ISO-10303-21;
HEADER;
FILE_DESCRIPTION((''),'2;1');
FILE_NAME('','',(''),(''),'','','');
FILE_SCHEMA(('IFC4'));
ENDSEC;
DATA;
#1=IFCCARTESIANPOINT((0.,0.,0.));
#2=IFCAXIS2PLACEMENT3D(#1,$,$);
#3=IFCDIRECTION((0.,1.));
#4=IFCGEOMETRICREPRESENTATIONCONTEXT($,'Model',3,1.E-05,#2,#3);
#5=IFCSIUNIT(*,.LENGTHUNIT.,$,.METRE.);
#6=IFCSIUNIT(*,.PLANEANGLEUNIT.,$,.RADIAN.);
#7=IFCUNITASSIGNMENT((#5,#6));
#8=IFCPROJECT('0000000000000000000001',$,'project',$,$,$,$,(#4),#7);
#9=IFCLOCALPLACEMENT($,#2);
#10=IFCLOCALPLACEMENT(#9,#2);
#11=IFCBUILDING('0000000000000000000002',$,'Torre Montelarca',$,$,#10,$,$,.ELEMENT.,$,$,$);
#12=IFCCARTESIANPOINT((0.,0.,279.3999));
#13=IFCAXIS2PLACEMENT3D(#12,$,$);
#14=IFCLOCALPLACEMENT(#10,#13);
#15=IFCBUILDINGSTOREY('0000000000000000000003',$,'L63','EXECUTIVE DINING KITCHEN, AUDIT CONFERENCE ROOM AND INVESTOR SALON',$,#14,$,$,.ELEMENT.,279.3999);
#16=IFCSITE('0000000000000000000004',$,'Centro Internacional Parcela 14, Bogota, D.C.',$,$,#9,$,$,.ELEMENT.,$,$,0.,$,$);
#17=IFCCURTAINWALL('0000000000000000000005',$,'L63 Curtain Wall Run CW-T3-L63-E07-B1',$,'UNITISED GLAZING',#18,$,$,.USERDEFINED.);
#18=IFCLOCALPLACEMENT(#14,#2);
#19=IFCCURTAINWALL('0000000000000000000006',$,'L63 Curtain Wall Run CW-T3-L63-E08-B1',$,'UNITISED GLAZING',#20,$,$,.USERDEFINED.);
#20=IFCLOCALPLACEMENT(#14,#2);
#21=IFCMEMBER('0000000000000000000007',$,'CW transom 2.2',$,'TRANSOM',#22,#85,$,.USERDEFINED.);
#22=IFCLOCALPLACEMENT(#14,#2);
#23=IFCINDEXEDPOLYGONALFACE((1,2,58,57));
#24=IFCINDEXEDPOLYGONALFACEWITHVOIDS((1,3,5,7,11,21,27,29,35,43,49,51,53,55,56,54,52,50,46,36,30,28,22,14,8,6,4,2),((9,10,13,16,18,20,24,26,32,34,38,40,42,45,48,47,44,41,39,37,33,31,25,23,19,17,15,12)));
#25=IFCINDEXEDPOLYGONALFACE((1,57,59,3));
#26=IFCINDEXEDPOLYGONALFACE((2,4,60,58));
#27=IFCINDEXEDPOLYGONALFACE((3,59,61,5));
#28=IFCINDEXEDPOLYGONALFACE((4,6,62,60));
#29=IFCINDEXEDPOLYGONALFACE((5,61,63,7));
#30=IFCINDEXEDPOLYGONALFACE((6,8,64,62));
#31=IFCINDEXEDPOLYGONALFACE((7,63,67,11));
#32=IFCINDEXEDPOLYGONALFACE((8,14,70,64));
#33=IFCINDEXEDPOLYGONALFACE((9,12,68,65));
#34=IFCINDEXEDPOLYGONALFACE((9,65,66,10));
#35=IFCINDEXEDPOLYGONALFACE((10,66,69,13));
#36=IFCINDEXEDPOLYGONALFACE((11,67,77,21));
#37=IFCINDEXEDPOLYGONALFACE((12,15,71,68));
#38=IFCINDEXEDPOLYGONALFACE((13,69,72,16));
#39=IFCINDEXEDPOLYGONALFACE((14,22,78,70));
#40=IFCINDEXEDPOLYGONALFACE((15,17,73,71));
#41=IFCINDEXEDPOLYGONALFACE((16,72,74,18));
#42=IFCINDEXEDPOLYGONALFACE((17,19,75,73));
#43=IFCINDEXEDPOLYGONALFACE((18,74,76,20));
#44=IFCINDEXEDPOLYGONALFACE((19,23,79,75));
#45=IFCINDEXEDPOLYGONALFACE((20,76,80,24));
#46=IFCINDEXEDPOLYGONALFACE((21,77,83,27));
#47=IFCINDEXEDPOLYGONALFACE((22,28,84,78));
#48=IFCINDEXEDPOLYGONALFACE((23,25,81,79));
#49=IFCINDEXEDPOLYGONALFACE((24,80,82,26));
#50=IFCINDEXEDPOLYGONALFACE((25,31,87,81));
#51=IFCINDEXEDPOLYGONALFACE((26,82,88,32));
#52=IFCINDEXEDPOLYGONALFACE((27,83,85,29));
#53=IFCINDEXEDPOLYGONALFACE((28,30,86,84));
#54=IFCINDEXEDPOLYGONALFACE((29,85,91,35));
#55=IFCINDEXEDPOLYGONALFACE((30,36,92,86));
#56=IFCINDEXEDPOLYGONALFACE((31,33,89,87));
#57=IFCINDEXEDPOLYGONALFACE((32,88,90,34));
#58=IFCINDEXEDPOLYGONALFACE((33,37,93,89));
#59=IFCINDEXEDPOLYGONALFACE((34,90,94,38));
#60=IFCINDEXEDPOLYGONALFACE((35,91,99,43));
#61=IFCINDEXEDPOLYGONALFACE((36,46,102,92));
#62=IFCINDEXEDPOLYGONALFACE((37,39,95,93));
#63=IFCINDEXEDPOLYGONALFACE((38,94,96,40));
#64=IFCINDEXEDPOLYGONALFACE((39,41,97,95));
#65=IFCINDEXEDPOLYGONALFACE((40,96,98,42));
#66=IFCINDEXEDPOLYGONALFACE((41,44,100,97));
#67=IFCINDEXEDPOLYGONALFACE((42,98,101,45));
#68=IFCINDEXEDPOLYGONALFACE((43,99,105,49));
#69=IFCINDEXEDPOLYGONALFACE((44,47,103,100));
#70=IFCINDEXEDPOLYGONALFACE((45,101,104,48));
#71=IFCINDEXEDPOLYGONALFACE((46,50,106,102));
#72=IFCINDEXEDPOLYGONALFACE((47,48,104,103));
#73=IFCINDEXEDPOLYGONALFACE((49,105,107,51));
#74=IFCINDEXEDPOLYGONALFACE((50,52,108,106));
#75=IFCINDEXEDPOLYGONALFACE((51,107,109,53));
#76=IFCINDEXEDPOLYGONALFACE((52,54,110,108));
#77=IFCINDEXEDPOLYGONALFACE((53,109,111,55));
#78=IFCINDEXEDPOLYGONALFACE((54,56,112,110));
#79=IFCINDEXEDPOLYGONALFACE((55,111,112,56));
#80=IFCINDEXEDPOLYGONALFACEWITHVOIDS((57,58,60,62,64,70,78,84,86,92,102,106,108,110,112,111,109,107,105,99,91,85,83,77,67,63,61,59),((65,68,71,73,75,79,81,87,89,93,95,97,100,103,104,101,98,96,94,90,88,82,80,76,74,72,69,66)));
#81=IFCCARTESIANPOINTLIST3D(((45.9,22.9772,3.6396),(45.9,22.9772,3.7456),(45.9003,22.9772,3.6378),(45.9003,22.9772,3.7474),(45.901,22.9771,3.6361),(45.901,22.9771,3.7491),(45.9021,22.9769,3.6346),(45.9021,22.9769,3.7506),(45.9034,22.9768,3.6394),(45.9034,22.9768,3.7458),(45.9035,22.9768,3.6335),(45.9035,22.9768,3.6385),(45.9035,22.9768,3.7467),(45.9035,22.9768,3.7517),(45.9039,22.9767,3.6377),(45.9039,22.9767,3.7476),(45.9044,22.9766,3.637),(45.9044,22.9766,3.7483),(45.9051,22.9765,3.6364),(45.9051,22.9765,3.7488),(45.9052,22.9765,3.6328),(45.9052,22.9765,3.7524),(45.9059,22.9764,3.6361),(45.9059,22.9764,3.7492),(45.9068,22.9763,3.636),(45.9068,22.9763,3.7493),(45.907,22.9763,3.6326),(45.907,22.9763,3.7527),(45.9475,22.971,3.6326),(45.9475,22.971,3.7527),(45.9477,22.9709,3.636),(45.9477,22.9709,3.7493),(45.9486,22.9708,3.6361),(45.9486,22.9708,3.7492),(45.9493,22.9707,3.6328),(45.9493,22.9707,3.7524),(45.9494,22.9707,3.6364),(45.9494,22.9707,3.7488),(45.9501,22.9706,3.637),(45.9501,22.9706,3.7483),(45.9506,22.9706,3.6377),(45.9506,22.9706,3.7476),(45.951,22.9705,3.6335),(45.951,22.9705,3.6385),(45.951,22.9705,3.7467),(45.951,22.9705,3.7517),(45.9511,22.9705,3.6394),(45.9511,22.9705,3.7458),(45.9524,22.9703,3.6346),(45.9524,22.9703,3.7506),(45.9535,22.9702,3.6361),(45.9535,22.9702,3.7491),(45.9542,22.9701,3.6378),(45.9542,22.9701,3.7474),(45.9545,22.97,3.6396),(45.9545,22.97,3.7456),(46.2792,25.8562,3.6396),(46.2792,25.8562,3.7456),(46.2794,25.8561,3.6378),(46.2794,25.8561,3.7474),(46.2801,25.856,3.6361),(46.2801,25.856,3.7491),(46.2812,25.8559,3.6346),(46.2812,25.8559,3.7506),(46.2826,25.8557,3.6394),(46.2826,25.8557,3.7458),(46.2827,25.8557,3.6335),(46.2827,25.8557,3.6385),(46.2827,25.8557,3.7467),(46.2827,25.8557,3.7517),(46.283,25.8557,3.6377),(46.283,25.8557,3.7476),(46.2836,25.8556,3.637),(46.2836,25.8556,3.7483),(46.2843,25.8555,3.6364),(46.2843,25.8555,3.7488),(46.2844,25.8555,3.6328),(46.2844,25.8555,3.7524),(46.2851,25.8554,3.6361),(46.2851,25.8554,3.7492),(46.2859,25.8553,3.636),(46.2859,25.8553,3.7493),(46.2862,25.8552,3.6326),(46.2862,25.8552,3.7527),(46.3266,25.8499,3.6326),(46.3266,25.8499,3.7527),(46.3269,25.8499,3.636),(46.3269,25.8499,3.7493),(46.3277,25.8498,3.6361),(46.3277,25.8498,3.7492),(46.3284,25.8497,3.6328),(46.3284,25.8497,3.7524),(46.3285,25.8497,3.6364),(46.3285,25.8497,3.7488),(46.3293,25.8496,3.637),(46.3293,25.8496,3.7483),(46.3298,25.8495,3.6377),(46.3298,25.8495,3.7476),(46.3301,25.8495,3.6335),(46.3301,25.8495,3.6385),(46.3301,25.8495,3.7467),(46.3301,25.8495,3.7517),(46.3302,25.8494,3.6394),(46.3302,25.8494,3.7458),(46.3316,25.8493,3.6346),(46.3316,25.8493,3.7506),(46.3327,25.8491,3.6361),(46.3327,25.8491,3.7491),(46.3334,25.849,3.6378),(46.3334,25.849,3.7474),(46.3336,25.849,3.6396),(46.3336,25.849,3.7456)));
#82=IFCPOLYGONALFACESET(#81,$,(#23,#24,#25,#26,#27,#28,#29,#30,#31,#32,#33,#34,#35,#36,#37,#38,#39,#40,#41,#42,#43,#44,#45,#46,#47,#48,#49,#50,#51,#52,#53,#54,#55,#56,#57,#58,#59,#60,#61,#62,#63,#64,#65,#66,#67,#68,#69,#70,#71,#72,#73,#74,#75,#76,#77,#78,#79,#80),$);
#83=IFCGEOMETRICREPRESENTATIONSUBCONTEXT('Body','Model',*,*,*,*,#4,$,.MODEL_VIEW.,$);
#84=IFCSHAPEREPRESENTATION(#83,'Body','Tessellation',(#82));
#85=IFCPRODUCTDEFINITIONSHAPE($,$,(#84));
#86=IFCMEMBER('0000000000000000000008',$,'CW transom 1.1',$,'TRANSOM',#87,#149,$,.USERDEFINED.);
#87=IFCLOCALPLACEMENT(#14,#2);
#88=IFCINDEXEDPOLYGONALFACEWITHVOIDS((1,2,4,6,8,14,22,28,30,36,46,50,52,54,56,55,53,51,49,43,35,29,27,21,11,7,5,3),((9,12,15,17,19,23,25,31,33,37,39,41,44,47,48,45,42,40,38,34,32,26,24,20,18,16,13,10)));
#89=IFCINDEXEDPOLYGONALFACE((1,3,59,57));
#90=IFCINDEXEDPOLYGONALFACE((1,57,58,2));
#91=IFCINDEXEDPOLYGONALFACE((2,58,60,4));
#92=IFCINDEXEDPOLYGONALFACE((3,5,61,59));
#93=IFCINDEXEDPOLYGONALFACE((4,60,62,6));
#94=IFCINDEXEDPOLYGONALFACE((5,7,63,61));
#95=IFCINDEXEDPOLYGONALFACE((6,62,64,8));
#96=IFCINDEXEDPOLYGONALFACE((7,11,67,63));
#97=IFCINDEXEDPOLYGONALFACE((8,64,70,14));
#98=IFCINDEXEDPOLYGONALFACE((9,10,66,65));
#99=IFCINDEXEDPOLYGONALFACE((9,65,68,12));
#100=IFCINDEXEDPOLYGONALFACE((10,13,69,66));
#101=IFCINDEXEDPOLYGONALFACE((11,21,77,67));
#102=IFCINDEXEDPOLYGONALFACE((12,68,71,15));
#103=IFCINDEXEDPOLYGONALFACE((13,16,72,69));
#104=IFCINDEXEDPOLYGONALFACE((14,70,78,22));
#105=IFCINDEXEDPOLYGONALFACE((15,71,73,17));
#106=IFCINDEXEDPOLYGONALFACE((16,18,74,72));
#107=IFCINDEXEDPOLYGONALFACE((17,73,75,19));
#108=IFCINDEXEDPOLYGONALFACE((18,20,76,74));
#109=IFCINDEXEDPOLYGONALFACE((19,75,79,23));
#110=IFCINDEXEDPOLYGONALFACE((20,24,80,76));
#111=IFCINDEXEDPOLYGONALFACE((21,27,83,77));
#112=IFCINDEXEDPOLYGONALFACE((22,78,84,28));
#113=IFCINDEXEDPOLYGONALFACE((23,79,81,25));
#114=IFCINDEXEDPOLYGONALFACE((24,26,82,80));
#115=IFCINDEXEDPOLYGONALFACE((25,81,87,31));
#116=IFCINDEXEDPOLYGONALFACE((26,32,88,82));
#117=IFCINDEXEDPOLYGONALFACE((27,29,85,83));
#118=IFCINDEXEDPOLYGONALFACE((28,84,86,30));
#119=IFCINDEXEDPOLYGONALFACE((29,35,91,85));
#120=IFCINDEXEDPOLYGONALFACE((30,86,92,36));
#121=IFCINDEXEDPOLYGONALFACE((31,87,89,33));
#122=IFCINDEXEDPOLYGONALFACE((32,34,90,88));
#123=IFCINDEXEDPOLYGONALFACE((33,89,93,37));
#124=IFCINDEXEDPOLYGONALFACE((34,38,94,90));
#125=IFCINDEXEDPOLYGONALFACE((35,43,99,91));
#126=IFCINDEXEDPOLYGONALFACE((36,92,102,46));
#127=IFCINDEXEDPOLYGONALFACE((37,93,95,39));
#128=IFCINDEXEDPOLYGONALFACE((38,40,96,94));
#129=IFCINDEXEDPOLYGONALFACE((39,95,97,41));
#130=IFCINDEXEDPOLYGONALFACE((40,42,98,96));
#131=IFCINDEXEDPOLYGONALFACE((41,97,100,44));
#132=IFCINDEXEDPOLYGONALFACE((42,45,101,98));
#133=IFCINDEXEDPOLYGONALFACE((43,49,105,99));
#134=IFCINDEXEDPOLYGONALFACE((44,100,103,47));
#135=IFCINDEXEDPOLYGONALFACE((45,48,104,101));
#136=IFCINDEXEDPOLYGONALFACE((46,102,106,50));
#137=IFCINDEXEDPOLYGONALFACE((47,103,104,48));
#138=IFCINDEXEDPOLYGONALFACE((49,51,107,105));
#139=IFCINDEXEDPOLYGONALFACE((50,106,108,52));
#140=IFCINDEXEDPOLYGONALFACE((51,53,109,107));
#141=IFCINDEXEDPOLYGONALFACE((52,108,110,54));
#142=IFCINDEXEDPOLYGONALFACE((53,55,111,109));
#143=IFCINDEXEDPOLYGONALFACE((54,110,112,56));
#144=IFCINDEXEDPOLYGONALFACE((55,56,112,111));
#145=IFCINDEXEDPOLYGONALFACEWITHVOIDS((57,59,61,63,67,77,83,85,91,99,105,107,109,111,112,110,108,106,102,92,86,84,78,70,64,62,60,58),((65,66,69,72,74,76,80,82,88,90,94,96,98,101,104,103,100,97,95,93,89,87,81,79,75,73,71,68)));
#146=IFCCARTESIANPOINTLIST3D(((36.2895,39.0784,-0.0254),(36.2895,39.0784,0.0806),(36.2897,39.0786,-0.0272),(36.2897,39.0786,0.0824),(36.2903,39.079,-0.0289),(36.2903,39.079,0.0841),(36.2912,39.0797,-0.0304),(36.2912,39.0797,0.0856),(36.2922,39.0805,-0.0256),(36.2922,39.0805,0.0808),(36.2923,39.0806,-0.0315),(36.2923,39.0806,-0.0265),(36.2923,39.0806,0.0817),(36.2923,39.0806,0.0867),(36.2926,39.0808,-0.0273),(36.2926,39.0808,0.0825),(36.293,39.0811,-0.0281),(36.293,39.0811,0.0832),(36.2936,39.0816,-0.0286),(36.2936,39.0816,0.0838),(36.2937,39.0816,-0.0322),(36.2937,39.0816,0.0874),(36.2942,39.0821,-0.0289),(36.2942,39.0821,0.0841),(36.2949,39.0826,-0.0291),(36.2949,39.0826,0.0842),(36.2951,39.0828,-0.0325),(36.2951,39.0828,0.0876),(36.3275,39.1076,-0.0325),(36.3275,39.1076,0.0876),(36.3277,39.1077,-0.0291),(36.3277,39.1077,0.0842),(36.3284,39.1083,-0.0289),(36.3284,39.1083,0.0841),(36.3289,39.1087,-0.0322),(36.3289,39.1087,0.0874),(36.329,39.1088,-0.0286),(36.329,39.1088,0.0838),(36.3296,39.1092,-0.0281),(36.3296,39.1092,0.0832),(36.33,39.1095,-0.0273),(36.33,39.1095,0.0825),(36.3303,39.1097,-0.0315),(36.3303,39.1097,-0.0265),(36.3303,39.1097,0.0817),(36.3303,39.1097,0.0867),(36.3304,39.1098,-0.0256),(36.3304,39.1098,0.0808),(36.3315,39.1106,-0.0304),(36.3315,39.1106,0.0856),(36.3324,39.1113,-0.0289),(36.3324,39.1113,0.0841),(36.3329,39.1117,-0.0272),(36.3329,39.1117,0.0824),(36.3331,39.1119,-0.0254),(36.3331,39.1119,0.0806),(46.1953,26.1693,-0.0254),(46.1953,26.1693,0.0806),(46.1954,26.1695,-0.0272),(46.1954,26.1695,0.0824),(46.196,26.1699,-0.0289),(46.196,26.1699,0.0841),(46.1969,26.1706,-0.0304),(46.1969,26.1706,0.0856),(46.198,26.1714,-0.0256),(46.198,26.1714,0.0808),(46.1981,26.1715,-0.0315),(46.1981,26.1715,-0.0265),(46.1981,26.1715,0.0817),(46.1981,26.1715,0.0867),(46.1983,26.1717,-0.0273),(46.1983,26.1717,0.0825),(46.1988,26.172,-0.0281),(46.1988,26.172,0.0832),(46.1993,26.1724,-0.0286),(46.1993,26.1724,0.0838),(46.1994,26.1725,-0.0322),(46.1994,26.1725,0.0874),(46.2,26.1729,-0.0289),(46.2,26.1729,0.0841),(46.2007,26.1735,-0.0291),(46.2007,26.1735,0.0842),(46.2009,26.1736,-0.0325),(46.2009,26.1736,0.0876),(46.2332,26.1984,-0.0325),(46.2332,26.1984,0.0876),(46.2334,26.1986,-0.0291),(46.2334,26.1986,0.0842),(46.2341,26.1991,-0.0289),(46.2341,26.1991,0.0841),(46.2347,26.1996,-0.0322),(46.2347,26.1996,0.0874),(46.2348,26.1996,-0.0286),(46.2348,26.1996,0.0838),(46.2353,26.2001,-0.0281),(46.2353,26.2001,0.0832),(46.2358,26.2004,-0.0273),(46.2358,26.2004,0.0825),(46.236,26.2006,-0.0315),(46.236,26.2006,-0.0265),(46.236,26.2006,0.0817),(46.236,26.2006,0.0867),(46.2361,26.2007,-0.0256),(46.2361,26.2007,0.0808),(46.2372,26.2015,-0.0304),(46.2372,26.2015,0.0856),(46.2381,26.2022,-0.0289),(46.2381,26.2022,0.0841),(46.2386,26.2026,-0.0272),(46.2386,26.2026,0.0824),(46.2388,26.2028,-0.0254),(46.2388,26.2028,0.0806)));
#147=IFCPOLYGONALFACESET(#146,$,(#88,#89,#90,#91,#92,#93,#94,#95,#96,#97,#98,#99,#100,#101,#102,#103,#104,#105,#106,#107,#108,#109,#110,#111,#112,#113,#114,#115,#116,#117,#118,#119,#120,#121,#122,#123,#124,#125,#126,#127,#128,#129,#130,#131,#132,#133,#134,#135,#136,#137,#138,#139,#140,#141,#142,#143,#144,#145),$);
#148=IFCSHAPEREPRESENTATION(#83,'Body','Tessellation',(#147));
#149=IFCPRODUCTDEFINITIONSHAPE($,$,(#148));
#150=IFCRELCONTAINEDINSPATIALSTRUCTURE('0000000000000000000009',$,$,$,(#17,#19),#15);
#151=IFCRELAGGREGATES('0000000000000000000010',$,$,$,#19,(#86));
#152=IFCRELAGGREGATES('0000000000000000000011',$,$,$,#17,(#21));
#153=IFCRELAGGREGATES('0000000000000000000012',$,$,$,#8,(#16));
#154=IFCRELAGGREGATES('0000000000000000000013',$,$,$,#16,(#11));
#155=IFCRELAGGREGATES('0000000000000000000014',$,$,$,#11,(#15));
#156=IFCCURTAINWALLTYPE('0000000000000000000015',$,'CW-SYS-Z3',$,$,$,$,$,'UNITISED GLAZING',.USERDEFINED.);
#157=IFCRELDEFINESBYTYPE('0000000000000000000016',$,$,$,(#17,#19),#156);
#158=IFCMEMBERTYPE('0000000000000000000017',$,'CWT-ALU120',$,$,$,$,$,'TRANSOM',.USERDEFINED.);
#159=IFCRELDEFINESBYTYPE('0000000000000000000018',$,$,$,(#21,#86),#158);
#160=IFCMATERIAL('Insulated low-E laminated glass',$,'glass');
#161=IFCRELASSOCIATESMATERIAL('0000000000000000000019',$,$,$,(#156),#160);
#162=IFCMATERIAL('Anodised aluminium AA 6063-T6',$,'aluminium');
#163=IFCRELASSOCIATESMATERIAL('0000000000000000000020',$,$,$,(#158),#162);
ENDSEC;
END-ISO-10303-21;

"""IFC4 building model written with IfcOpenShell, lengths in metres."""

from ifc_helpers import new_model, si_unit, direction, frame, origin, origin_2d, place, context, subcontext, project, spatial, hollow_rectangle, extrude, source, transform, mapped, material, material_profile, profile_set, type_object, element, aggregate, save


model = new_model("IFC4")

# Units and contexts
model_context = context("Model", 3, precision=1e-05, world=origin(), true_north=direction((0.0, 1.0)))
body_context = subcontext(model_context, "Body", "Model", "MODEL_VIEW")
ifc_project = project(units=[si_unit("LENGTHUNIT", "METRE"), si_unit("PLANEANGLEUNIT", "RADIAN")], contexts=[model_context])

# Site, building, storey
site_placement = place(None, origin())
site = spatial("IfcSite", under=ifc_project, at=site_placement, Name="Centro Internacional Parcela 14, Bogota, D.C.", CompositionType="ELEMENT", RefElevation=0.0)
building_placement = place(site_placement, origin())
building = spatial("IfcBuilding", under=site, at=building_placement, Name="Torre Montelarca", CompositionType="ELEMENT")
storey_placement = place(building_placement, frame((0.0, 0.0, 279.3999)))
storey = spatial("IfcBuildingStorey", under=building, at=storey_placement, Name="L63", Description="EXECUTIVE DINING KITCHEN, AUDIT CONFERENCE ROOM AND INVESTOR SALON", CompositionType="ELEMENT", Elevation=279.3999)

# Curtain wall
ifc_material_1 = material(Name="Insulated low-E laminated glass", Category="glass")
curtain_wall_type = type_object("IfcCurtainWallType", Name="CW-SYS-Z3", ElementType="UNITISED GLAZING", PredefinedType="USERDEFINED", material=ifc_material_1)
curtain_wall_1_placement = place(storey_placement, origin())
curtain_wall_1 = element("IfcCurtainWall", 1, at=curtain_wall_1_placement, inside=storey, type_object=curtain_wall_type, Name="L63 Curtain Wall Run CW-T3-L63-E07-B1", ObjectType="UNITISED GLAZING", PredefinedType="USERDEFINED")
ifc_material_2 = material(Name="Anodised aluminium AA 6063-T6", Category="aluminium")
ifc_material_profile_1 = material_profile(ifc_material_2, hollow_rectangle(XDim=0.0549, YDim=0.1201, WallThickness=0.0034, InnerFilletRadius=0.0034, OuterFilletRadius=0.0071, at=origin_2d()), Name="ALU55X120X3.5", Category="aluminium")
ifc_profile_set_1 = profile_set([ifc_material_profile_1], Name="Anodised aluminium AA 6063-T6")
member_type_1 = type_object("IfcMemberType", Name="CWT-ALU120", ElementType="TRANSOM", PredefinedType="USERDEFINED", material=ifc_profile_set_1)

# Curtain wall
curtain_wall_2_placement = place(storey_placement, origin())
curtain_wall_2 = element("IfcCurtainWall", 2, at=curtain_wall_2_placement, inside=storey, type_object=curtain_wall_type, Name="L63 Curtain Wall Run CW-T3-L63-E08-B1", ObjectType="UNITISED GLAZING", PredefinedType="USERDEFINED")

# Members
shared_shape_1 = source(origin(), body_context, "Body", "SweptSolid", [
    extrude(hollow_rectangle(XDim=0.0549, YDim=0.1201, WallThickness=0.0034, InnerFilletRadius=0.0034, OuterFilletRadius=0.0071, at=origin_2d()), origin(), (0.0, 0.0, 1.0), 2.9038),
])
member_1_placement = place(storey_placement, frame((45.9272, 22.9736, 3.6926), z_axis=(0.130572, 0.991439, 0.0), x_axis=(-0.991439, 0.130572, 0.0)))
member_1 = element("IfcMember", 3, at=member_1_placement, type_object=member_type_1, Name="CW transom 2.2", ObjectType="TRANSOM", PredefinedType="USERDEFINED", context=body_context, shape_type="MappedRepresentation", body=[
    mapped(shared_shape_1, transform((0.0, 0.0, 0.0), scale=1.0)),
])
shared_shape_2 = source(origin(), body_context, "Body", "SweptSolid", [
    extrude(hollow_rectangle(XDim=0.0549, YDim=0.1201, WallThickness=0.0034, InnerFilletRadius=0.0034, OuterFilletRadius=0.0071, at=origin_2d()), origin(), (0.0, 0.0, 1.0), 16.2717),
])
member_2_placement = place(storey_placement, frame((46.217, 26.186, 0.0276), z_axis=(-0.608769, 0.793347, 0.0), x_axis=(-0.793347, -0.608769, 0.0)))
member_2 = element("IfcMember", 4, at=member_2_placement, type_object=member_type_1, Name="CW transom 1.1", ObjectType="TRANSOM", PredefinedType="USERDEFINED", context=body_context, shape_type="MappedRepresentation", body=[
    mapped(shared_shape_2, transform((0.0, 0.0, 0.0), scale=1.0)),
])
aggregate(curtain_wall_2, [member_2])

aggregate(curtain_wall_1, [member_1])

save(model, "model.ifc")
